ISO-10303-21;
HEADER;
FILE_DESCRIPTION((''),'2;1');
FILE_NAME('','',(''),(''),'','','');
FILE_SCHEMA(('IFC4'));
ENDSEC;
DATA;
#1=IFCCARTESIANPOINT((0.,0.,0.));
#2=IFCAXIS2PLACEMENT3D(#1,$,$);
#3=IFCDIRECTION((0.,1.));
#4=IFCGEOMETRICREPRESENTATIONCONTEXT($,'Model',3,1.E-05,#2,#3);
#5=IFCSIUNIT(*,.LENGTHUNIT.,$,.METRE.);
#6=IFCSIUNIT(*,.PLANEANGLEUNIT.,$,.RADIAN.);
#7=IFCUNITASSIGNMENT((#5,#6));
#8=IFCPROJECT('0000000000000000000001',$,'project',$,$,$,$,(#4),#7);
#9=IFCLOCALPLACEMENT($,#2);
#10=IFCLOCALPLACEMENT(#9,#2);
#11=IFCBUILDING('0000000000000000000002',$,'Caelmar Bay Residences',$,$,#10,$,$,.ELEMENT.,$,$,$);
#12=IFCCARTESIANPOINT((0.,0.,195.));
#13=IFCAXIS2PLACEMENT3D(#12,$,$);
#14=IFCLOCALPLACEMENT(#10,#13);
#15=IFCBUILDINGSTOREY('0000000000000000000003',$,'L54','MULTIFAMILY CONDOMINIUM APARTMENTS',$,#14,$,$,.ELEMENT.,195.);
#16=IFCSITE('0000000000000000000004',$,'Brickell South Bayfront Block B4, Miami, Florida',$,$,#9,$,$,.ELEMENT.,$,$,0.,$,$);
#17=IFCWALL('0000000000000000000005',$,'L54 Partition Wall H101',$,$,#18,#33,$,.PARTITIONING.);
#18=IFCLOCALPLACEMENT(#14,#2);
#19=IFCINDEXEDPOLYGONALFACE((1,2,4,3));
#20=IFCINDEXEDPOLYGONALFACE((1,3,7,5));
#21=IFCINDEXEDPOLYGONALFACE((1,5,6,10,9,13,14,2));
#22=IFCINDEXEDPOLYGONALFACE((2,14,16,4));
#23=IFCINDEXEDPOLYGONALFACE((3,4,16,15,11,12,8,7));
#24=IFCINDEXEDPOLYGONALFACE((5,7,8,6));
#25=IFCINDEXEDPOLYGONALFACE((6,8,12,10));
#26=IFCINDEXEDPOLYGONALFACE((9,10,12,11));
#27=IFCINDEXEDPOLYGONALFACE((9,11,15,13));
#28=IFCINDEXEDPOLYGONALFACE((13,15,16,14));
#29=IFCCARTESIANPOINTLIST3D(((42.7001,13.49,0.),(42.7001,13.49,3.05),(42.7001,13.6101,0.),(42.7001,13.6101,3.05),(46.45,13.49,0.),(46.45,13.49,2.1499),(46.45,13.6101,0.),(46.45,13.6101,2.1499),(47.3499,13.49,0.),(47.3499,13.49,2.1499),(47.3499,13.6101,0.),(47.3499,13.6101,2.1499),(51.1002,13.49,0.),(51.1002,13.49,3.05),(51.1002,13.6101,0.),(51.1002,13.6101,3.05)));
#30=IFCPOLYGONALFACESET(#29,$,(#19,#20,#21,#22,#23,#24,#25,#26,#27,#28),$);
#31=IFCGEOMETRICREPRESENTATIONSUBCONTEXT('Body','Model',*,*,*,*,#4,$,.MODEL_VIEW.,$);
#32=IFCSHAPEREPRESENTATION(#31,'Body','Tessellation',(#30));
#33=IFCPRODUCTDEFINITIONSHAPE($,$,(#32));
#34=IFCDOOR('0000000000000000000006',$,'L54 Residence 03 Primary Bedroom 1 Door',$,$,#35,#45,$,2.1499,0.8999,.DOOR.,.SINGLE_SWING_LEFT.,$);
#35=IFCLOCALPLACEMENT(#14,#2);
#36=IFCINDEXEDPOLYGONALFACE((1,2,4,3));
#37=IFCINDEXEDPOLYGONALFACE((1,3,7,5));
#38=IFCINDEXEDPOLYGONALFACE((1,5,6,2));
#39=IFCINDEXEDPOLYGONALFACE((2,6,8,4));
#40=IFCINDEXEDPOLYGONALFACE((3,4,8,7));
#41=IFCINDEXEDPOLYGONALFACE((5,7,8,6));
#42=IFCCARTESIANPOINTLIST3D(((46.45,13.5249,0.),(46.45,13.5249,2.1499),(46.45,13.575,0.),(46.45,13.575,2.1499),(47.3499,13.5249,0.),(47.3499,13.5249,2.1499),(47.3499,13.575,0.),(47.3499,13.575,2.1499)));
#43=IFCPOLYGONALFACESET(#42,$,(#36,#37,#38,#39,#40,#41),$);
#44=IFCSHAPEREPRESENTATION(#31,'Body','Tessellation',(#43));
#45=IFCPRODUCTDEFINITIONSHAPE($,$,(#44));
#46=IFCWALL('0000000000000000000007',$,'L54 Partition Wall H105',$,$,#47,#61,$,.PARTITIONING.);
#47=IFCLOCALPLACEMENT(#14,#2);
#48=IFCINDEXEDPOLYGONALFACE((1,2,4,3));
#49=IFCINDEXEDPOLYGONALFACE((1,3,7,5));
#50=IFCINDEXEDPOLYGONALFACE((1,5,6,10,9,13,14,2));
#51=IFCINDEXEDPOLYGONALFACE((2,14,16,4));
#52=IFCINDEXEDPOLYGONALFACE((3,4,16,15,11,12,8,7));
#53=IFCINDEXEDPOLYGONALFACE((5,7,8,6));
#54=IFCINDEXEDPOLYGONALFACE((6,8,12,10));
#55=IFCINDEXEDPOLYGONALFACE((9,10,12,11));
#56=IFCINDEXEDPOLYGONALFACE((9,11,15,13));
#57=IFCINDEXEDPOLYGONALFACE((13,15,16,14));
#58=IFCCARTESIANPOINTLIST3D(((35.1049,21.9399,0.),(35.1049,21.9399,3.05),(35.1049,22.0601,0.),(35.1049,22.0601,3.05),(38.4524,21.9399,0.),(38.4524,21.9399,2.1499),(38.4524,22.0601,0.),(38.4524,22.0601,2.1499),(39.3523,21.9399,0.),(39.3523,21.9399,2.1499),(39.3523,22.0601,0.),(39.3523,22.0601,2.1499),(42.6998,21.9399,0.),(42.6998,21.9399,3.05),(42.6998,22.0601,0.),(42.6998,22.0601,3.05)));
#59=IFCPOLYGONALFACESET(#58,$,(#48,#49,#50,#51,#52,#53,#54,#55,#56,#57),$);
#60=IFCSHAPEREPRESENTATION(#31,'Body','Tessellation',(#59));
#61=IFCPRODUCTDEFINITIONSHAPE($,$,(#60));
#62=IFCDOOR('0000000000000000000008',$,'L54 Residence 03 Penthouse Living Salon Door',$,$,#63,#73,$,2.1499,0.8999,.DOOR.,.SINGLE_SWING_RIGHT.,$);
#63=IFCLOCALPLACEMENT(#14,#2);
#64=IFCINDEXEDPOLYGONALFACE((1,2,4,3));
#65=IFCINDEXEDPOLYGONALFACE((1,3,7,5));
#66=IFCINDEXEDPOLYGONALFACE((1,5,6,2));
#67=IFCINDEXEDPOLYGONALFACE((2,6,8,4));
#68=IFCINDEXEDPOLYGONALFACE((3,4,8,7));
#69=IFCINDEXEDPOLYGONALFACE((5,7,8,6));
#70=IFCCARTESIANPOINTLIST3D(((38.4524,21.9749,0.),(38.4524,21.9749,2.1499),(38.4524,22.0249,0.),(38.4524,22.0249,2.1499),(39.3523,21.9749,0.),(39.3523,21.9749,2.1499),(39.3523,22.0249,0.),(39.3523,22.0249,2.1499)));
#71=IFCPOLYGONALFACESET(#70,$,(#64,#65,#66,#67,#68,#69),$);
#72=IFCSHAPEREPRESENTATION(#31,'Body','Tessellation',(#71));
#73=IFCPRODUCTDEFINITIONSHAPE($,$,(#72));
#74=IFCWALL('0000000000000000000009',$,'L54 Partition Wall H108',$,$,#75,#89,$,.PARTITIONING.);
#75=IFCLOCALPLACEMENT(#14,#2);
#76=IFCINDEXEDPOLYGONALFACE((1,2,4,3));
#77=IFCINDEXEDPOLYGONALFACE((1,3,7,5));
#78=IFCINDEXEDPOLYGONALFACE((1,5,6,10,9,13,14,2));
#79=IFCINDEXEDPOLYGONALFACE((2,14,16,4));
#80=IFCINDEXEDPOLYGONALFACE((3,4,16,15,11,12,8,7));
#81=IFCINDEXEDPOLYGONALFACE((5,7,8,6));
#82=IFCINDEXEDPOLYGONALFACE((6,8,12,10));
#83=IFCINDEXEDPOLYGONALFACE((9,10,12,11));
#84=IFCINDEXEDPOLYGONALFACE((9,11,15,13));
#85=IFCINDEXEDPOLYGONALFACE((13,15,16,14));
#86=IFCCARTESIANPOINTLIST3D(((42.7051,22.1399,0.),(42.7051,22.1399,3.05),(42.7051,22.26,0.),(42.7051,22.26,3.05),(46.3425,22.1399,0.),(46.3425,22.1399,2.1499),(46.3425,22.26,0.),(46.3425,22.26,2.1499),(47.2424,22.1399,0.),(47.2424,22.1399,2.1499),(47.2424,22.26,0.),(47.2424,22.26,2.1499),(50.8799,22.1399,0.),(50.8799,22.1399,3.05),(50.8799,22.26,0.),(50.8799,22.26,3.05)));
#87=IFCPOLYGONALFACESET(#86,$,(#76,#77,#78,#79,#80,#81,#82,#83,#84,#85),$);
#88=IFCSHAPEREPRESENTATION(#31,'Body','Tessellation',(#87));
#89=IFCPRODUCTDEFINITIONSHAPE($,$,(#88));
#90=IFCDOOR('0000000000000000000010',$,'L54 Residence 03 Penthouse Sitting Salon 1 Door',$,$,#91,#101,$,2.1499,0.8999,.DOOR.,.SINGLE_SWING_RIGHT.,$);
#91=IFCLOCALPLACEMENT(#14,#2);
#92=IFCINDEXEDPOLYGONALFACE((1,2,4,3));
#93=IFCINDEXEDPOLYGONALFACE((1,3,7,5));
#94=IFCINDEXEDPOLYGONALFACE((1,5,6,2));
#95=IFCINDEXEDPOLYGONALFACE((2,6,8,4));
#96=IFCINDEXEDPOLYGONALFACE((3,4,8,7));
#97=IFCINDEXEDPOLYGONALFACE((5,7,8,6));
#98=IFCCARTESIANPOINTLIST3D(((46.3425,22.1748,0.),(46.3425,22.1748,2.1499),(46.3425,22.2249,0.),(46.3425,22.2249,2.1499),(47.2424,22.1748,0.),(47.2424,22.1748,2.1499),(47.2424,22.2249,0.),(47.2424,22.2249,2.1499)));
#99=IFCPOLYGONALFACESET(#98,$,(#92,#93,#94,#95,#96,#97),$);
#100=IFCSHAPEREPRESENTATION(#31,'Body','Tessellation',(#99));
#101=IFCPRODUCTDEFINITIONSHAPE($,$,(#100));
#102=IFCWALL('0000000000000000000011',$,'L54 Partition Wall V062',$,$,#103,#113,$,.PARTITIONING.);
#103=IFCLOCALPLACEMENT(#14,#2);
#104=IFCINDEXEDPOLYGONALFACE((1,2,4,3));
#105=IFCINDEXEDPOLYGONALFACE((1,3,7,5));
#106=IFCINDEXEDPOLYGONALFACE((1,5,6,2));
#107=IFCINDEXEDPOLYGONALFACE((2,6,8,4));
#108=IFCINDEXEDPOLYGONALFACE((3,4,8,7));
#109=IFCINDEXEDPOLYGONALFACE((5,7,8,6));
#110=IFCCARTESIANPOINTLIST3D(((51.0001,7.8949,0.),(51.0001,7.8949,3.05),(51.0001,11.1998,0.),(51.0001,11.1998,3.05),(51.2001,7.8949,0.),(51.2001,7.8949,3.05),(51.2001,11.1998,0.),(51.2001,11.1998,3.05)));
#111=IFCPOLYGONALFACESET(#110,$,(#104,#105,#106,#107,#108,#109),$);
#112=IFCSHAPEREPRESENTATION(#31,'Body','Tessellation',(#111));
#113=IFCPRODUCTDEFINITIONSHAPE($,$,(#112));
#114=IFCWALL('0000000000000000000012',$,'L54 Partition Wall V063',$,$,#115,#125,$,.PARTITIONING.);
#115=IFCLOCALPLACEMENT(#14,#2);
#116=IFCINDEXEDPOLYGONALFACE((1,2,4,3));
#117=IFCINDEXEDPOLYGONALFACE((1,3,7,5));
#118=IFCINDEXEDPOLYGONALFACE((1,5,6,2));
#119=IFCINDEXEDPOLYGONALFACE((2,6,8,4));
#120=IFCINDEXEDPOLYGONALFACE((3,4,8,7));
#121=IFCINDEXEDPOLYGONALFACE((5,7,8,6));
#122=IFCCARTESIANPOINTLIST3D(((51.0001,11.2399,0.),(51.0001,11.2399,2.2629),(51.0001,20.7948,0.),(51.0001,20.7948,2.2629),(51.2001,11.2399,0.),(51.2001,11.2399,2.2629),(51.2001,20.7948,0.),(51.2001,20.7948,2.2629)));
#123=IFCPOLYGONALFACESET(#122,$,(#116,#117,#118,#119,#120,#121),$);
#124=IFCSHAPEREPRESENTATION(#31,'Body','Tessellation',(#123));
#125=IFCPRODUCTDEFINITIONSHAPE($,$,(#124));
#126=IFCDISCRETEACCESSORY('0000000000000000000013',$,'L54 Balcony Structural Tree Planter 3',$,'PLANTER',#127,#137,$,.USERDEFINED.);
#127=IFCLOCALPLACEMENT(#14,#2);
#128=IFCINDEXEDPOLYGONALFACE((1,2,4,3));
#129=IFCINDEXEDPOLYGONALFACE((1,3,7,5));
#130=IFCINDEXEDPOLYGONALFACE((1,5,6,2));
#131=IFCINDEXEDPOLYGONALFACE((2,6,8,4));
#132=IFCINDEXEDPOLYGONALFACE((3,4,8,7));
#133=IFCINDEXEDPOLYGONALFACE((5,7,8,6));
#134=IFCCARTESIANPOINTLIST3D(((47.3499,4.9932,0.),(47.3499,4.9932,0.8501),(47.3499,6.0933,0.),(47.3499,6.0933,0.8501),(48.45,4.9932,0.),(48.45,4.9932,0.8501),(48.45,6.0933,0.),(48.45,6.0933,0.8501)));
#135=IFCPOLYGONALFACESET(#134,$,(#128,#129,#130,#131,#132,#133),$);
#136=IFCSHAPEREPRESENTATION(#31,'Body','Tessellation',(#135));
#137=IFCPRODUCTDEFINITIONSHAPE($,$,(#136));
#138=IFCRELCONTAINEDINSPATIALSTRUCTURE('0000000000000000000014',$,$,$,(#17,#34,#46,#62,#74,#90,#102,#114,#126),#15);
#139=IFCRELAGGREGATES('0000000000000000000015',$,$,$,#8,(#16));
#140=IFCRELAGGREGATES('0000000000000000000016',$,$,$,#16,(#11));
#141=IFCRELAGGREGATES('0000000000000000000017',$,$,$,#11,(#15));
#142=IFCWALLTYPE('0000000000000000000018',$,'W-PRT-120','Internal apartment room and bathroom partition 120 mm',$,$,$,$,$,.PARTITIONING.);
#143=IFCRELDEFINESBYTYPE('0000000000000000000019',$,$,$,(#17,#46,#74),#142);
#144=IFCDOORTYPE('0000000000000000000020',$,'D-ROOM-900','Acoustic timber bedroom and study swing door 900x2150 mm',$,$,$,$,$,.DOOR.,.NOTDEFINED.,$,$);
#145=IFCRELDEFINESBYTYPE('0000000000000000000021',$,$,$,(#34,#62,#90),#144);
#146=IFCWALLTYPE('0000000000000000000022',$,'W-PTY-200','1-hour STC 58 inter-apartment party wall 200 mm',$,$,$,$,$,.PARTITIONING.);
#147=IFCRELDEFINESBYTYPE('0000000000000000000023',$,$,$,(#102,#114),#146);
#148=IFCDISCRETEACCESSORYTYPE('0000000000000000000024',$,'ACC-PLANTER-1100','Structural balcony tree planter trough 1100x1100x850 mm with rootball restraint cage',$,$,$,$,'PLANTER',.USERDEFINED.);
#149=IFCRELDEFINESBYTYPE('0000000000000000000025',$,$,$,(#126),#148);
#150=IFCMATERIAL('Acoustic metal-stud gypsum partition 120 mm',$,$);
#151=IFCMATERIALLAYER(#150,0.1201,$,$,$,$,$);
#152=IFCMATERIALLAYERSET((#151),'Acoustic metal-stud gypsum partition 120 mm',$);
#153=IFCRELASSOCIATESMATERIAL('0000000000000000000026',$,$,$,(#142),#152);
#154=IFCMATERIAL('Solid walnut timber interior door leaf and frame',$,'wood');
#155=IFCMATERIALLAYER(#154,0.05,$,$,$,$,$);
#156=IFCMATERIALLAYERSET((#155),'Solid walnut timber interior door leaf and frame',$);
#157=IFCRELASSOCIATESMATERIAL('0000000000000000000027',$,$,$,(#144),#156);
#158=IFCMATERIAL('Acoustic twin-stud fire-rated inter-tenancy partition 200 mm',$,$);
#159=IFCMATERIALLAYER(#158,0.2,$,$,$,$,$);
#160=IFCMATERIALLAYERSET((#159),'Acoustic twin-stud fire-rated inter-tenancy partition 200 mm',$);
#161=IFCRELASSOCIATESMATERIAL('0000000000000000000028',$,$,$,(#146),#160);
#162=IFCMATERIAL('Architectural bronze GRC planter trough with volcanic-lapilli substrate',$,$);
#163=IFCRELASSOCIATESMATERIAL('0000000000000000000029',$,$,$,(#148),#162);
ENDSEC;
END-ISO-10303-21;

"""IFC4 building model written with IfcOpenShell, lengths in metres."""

from ifc_helpers import new_model, si_unit, direction, frame, frame_2d, origin, origin_2d, place, context, subcontext, project, spatial, rectangle, extrude, material, layer, layer_set, type_object, element, fill, save


model = new_model("IFC4")

# Units and contexts
model_context = context("Model", 3, precision=1e-05, world=origin(), true_north=direction((0.0, 1.0)))
body_context = subcontext(model_context, "Body", "Model", "MODEL_VIEW")
ifc_project = project(units=[si_unit("LENGTHUNIT", "METRE"), si_unit("PLANEANGLEUNIT", "RADIAN")], contexts=[model_context])

# Site, building, storey
site_placement = place(None, origin())
site = spatial("IfcSite", under=ifc_project, at=site_placement, Name="Brickell South Bayfront Block B4, Miami, Florida", CompositionType="ELEMENT", RefElevation=0.0)
building_placement = place(site_placement, origin())
building = spatial("IfcBuilding", under=site, at=building_placement, Name="Caelmar Bay Residences", CompositionType="ELEMENT")
storey_placement = place(building_placement, frame((0.0, 0.0, 195.0)))
storey = spatial("IfcBuildingStorey", under=building, at=storey_placement, Name="L54", Description="MULTIFAMILY CONDOMINIUM APARTMENTS", CompositionType="ELEMENT", Elevation=195.0)

# Shared definitions
ifc_material_1 = material(Name="Acoustic metal-stud gypsum partition 120 mm")
ifc_layer_1 = layer(ifc_material_1, 0.1201)
ifc_layer_set_1 = layer_set([ifc_layer_1], Name="Acoustic metal-stud gypsum partition 120 mm")
wall_type_1 = type_object("IfcWallType", Name="W-PRT-120", Description="Internal apartment room and bathroom partition 120 mm", PredefinedType="PARTITIONING", material=ifc_layer_set_1)

# Walls, openings, doors
ifc_material_2 = material(Name="Solid walnut timber interior door leaf and frame", Category="wood")
ifc_layer_2 = layer(ifc_material_2, 0.05)
ifc_layer_set_2 = layer_set([ifc_layer_2], Name="Solid walnut timber interior door leaf and frame")
door_type = type_object("IfcDoorType", Name="D-ROOM-900", Description="Acoustic timber bedroom and study swing door 900x2150 mm", OperationType="NOTDEFINED", PredefinedType="DOOR", material=ifc_layer_set_2)
wall_1_placement = place(storey_placement, frame((42.7, 13.55, 0.0), z_axis=(0.0, 0.0, 1.0), x_axis=(1.0, 0.0, 0.0)))
wall_1 = element("IfcWall", 1, at=wall_1_placement, inside=storey, type_object=wall_type_1, Name="L54 Partition Wall H101", PredefinedType="PARTITIONING", context=body_context, shape_type="SweptSolid", body=[
    extrude(rectangle(XDim=8.4001, YDim=0.1201, at=frame_2d((4.2002, 0.0))), origin(), (0.0, 0.0, 1.0), 3.05),
])
opening_1_placement = place(wall_1_placement, frame((3.75, 0.0, 0.0)))
opening_1 = element("IfcOpeningElement", 2, at=opening_1_placement, cuts=wall_1, PredefinedType="OPENING", context=body_context, shape_type="SweptSolid", body=[
    extrude(rectangle(XDim=0.8999, YDim=2.1499, at=frame_2d((0.45, 1.075))), frame((0.0, 0.0701, 0.0), z_axis=(0.0, -1.0, 0.0), x_axis=(1.0, 0.0, 0.0)), (0.0, 0.0, 1.0), 0.1401),
])
door_1_placement = place(opening_1_placement, origin())
door_1 = element("IfcDoor", 3, at=door_1_placement, inside=storey, type_object=door_type, Name="L54 Residence 03 Primary Bedroom 1 Door", OperationType="SINGLE_SWING_LEFT", OverallHeight=2.1499, OverallWidth=0.8999, PredefinedType="DOOR", context=body_context, shape_type="SweptSolid", body=[
    extrude(rectangle(XDim=0.8999, YDim=2.1499, at=frame_2d((0.45, 1.075))), frame((0.0, 0.0249, 0.0), z_axis=(0.0, -1.0, 0.0), x_axis=(1.0, 0.0, 0.0)), (0.0, 0.0, 1.0), 0.05),
])
fill(opening_1, door_1)
wall_2_placement = place(storey_placement, frame((35.105, 22.0, 0.0), z_axis=(0.0, 0.0, 1.0), x_axis=(1.0, 0.0, 0.0)))
wall_2 = element("IfcWall", 4, at=wall_2_placement, inside=storey, type_object=wall_type_1, Name="L54 Partition Wall H105", PredefinedType="PARTITIONING", context=body_context, shape_type="SweptSolid", body=[
    extrude(rectangle(XDim=7.595, YDim=0.1201, at=frame_2d((3.7974, 0.0))), origin(), (0.0, 0.0, 1.0), 3.05),
])
opening_2_placement = place(wall_2_placement, frame((3.3474, 0.0, 0.0)))
opening_2 = element("IfcOpeningElement", 5, at=opening_2_placement, cuts=wall_2, PredefinedType="OPENING", context=body_context, shape_type="SweptSolid", body=[
    extrude(rectangle(XDim=0.8999, YDim=2.1499, at=frame_2d((0.45, 1.075))), frame((0.0, 0.0701, 0.0), z_axis=(0.0, -1.0, 0.0), x_axis=(1.0, 0.0, 0.0)), (0.0, 0.0, 1.0), 0.1401),
])
door_2_placement = place(opening_2_placement, origin())
door_2 = element("IfcDoor", 6, at=door_2_placement, inside=storey, type_object=door_type, Name="L54 Residence 03 Penthouse Living Salon Door", OperationType="SINGLE_SWING_RIGHT", OverallHeight=2.1499, OverallWidth=0.8999, PredefinedType="DOOR", context=body_context, shape_type="SweptSolid", body=[
    extrude(rectangle(XDim=0.8999, YDim=2.1499, at=frame_2d((0.45, 1.075))), frame((0.0, 0.0249, 0.0), z_axis=(0.0, -1.0, 0.0), x_axis=(1.0, 0.0, 0.0)), (0.0, 0.0, 1.0), 0.05),
])
fill(opening_2, door_2)
wall_3_placement = place(storey_placement, frame((42.7051, 22.2, 0.0), z_axis=(0.0, 0.0, 1.0), x_axis=(1.0, 0.0, 0.0)))
wall_3 = element("IfcWall", 7, at=wall_3_placement, inside=storey, type_object=wall_type_1, Name="L54 Partition Wall H108", PredefinedType="PARTITIONING", context=body_context, shape_type="SweptSolid", body=[
    extrude(rectangle(XDim=8.1748, YDim=0.1201, at=frame_2d((4.0874, 0.0))), origin(), (0.0, 0.0, 1.0), 3.05),
])
opening_3_placement = place(wall_3_placement, frame((3.6375, 0.0, 0.0)))
opening_3 = element("IfcOpeningElement", 8, at=opening_3_placement, cuts=wall_3, PredefinedType="OPENING", context=body_context, shape_type="SweptSolid", body=[
    extrude(rectangle(XDim=0.8999, YDim=2.1499, at=frame_2d((0.45, 1.075))), frame((0.0, 0.0701, 0.0), z_axis=(0.0, -1.0, 0.0), x_axis=(1.0, 0.0, 0.0)), (0.0, 0.0, 1.0), 0.1401),
])
door_3_placement = place(opening_3_placement, origin())
door_3 = element("IfcDoor", 9, at=door_3_placement, inside=storey, type_object=door_type, Name="L54 Residence 03 Penthouse Sitting Salon 1 Door", OperationType="SINGLE_SWING_RIGHT", OverallHeight=2.1499, OverallWidth=0.8999, PredefinedType="DOOR", context=body_context, shape_type="SweptSolid", body=[
    extrude(rectangle(XDim=0.8999, YDim=2.1499, at=frame_2d((0.45, 1.075))), frame((0.0, 0.0249, 0.0), z_axis=(0.0, -1.0, 0.0), x_axis=(1.0, 0.0, 0.0)), (0.0, 0.0, 1.0), 0.05),
])
fill(opening_3, door_3)

# Walls
ifc_material_3 = material(Name="Acoustic twin-stud fire-rated inter-tenancy partition 200 mm")
ifc_layer_3 = layer(ifc_material_3, 0.2)
ifc_layer_set_3 = layer_set([ifc_layer_3], Name="Acoustic twin-stud fire-rated inter-tenancy partition 200 mm")
wall_type_2 = type_object("IfcWallType", Name="W-PTY-200", Description="1-hour STC 58 inter-apartment party wall 200 mm", PredefinedType="PARTITIONING", material=ifc_layer_set_3)
wall_4_placement = place(storey_placement, frame((51.1001, 7.895, 0.0), z_axis=(0.0, 0.0, 1.0), x_axis=(0.0, 1.0, 0.0)))
element("IfcWall", 10, at=wall_4_placement, inside=storey, type_object=wall_type_2, Name="L54 Partition Wall V062", PredefinedType="PARTITIONING", context=body_context, shape_type="SweptSolid", body=[
    extrude(rectangle(XDim=3.3049, YDim=0.2, at=frame_2d((1.6523, 0.0))), origin(), (0.0, 0.0, 1.0), 3.05),
])
wall_5_placement = place(storey_placement, frame((51.1001, 11.24, 0.0), z_axis=(0.0, 0.0, 1.0), x_axis=(0.0, 1.0, 0.0)))
element("IfcWall", 11, at=wall_5_placement, inside=storey, type_object=wall_type_2, Name="L54 Partition Wall V063", PredefinedType="PARTITIONING", context=body_context, shape_type="SweptSolid", body=[
    extrude(rectangle(XDim=9.5549, YDim=0.2, at=frame_2d((4.7773, 0.0))), origin(), (0.0, 0.0, 1.0), 2.2629),
])

# Discrete accessory
ifc_material_4 = material(Name="Architectural bronze GRC planter trough with volcanic-lapilli substrate")
discrete_accessory_type = type_object("IfcDiscreteAccessoryType", Name="ACC-PLANTER-1100", Description="Structural balcony tree planter trough 1100x1100x850 mm with rootball restraint cage", ElementType="PLANTER", PredefinedType="USERDEFINED", material=ifc_material_4)
discrete_accessory_placement = place(storey_placement, frame((47.8999, 5.5432, 0.0), z_axis=(0.0, 0.0, 1.0), x_axis=(1.0, 0.0, 0.0)))
element("IfcDiscreteAccessory", 12, at=discrete_accessory_placement, inside=storey, type_object=discrete_accessory_type, Name="L54 Balcony Structural Tree Planter 3", ObjectType="PLANTER", PredefinedType="USERDEFINED", context=body_context, shape_type="SweptSolid", body=[
    extrude(rectangle(XDim=1.1001, YDim=1.1001, at=origin_2d()), origin(), (0.0, 0.0, 1.0), 0.8501),
])

save(model, "model.ifc")
